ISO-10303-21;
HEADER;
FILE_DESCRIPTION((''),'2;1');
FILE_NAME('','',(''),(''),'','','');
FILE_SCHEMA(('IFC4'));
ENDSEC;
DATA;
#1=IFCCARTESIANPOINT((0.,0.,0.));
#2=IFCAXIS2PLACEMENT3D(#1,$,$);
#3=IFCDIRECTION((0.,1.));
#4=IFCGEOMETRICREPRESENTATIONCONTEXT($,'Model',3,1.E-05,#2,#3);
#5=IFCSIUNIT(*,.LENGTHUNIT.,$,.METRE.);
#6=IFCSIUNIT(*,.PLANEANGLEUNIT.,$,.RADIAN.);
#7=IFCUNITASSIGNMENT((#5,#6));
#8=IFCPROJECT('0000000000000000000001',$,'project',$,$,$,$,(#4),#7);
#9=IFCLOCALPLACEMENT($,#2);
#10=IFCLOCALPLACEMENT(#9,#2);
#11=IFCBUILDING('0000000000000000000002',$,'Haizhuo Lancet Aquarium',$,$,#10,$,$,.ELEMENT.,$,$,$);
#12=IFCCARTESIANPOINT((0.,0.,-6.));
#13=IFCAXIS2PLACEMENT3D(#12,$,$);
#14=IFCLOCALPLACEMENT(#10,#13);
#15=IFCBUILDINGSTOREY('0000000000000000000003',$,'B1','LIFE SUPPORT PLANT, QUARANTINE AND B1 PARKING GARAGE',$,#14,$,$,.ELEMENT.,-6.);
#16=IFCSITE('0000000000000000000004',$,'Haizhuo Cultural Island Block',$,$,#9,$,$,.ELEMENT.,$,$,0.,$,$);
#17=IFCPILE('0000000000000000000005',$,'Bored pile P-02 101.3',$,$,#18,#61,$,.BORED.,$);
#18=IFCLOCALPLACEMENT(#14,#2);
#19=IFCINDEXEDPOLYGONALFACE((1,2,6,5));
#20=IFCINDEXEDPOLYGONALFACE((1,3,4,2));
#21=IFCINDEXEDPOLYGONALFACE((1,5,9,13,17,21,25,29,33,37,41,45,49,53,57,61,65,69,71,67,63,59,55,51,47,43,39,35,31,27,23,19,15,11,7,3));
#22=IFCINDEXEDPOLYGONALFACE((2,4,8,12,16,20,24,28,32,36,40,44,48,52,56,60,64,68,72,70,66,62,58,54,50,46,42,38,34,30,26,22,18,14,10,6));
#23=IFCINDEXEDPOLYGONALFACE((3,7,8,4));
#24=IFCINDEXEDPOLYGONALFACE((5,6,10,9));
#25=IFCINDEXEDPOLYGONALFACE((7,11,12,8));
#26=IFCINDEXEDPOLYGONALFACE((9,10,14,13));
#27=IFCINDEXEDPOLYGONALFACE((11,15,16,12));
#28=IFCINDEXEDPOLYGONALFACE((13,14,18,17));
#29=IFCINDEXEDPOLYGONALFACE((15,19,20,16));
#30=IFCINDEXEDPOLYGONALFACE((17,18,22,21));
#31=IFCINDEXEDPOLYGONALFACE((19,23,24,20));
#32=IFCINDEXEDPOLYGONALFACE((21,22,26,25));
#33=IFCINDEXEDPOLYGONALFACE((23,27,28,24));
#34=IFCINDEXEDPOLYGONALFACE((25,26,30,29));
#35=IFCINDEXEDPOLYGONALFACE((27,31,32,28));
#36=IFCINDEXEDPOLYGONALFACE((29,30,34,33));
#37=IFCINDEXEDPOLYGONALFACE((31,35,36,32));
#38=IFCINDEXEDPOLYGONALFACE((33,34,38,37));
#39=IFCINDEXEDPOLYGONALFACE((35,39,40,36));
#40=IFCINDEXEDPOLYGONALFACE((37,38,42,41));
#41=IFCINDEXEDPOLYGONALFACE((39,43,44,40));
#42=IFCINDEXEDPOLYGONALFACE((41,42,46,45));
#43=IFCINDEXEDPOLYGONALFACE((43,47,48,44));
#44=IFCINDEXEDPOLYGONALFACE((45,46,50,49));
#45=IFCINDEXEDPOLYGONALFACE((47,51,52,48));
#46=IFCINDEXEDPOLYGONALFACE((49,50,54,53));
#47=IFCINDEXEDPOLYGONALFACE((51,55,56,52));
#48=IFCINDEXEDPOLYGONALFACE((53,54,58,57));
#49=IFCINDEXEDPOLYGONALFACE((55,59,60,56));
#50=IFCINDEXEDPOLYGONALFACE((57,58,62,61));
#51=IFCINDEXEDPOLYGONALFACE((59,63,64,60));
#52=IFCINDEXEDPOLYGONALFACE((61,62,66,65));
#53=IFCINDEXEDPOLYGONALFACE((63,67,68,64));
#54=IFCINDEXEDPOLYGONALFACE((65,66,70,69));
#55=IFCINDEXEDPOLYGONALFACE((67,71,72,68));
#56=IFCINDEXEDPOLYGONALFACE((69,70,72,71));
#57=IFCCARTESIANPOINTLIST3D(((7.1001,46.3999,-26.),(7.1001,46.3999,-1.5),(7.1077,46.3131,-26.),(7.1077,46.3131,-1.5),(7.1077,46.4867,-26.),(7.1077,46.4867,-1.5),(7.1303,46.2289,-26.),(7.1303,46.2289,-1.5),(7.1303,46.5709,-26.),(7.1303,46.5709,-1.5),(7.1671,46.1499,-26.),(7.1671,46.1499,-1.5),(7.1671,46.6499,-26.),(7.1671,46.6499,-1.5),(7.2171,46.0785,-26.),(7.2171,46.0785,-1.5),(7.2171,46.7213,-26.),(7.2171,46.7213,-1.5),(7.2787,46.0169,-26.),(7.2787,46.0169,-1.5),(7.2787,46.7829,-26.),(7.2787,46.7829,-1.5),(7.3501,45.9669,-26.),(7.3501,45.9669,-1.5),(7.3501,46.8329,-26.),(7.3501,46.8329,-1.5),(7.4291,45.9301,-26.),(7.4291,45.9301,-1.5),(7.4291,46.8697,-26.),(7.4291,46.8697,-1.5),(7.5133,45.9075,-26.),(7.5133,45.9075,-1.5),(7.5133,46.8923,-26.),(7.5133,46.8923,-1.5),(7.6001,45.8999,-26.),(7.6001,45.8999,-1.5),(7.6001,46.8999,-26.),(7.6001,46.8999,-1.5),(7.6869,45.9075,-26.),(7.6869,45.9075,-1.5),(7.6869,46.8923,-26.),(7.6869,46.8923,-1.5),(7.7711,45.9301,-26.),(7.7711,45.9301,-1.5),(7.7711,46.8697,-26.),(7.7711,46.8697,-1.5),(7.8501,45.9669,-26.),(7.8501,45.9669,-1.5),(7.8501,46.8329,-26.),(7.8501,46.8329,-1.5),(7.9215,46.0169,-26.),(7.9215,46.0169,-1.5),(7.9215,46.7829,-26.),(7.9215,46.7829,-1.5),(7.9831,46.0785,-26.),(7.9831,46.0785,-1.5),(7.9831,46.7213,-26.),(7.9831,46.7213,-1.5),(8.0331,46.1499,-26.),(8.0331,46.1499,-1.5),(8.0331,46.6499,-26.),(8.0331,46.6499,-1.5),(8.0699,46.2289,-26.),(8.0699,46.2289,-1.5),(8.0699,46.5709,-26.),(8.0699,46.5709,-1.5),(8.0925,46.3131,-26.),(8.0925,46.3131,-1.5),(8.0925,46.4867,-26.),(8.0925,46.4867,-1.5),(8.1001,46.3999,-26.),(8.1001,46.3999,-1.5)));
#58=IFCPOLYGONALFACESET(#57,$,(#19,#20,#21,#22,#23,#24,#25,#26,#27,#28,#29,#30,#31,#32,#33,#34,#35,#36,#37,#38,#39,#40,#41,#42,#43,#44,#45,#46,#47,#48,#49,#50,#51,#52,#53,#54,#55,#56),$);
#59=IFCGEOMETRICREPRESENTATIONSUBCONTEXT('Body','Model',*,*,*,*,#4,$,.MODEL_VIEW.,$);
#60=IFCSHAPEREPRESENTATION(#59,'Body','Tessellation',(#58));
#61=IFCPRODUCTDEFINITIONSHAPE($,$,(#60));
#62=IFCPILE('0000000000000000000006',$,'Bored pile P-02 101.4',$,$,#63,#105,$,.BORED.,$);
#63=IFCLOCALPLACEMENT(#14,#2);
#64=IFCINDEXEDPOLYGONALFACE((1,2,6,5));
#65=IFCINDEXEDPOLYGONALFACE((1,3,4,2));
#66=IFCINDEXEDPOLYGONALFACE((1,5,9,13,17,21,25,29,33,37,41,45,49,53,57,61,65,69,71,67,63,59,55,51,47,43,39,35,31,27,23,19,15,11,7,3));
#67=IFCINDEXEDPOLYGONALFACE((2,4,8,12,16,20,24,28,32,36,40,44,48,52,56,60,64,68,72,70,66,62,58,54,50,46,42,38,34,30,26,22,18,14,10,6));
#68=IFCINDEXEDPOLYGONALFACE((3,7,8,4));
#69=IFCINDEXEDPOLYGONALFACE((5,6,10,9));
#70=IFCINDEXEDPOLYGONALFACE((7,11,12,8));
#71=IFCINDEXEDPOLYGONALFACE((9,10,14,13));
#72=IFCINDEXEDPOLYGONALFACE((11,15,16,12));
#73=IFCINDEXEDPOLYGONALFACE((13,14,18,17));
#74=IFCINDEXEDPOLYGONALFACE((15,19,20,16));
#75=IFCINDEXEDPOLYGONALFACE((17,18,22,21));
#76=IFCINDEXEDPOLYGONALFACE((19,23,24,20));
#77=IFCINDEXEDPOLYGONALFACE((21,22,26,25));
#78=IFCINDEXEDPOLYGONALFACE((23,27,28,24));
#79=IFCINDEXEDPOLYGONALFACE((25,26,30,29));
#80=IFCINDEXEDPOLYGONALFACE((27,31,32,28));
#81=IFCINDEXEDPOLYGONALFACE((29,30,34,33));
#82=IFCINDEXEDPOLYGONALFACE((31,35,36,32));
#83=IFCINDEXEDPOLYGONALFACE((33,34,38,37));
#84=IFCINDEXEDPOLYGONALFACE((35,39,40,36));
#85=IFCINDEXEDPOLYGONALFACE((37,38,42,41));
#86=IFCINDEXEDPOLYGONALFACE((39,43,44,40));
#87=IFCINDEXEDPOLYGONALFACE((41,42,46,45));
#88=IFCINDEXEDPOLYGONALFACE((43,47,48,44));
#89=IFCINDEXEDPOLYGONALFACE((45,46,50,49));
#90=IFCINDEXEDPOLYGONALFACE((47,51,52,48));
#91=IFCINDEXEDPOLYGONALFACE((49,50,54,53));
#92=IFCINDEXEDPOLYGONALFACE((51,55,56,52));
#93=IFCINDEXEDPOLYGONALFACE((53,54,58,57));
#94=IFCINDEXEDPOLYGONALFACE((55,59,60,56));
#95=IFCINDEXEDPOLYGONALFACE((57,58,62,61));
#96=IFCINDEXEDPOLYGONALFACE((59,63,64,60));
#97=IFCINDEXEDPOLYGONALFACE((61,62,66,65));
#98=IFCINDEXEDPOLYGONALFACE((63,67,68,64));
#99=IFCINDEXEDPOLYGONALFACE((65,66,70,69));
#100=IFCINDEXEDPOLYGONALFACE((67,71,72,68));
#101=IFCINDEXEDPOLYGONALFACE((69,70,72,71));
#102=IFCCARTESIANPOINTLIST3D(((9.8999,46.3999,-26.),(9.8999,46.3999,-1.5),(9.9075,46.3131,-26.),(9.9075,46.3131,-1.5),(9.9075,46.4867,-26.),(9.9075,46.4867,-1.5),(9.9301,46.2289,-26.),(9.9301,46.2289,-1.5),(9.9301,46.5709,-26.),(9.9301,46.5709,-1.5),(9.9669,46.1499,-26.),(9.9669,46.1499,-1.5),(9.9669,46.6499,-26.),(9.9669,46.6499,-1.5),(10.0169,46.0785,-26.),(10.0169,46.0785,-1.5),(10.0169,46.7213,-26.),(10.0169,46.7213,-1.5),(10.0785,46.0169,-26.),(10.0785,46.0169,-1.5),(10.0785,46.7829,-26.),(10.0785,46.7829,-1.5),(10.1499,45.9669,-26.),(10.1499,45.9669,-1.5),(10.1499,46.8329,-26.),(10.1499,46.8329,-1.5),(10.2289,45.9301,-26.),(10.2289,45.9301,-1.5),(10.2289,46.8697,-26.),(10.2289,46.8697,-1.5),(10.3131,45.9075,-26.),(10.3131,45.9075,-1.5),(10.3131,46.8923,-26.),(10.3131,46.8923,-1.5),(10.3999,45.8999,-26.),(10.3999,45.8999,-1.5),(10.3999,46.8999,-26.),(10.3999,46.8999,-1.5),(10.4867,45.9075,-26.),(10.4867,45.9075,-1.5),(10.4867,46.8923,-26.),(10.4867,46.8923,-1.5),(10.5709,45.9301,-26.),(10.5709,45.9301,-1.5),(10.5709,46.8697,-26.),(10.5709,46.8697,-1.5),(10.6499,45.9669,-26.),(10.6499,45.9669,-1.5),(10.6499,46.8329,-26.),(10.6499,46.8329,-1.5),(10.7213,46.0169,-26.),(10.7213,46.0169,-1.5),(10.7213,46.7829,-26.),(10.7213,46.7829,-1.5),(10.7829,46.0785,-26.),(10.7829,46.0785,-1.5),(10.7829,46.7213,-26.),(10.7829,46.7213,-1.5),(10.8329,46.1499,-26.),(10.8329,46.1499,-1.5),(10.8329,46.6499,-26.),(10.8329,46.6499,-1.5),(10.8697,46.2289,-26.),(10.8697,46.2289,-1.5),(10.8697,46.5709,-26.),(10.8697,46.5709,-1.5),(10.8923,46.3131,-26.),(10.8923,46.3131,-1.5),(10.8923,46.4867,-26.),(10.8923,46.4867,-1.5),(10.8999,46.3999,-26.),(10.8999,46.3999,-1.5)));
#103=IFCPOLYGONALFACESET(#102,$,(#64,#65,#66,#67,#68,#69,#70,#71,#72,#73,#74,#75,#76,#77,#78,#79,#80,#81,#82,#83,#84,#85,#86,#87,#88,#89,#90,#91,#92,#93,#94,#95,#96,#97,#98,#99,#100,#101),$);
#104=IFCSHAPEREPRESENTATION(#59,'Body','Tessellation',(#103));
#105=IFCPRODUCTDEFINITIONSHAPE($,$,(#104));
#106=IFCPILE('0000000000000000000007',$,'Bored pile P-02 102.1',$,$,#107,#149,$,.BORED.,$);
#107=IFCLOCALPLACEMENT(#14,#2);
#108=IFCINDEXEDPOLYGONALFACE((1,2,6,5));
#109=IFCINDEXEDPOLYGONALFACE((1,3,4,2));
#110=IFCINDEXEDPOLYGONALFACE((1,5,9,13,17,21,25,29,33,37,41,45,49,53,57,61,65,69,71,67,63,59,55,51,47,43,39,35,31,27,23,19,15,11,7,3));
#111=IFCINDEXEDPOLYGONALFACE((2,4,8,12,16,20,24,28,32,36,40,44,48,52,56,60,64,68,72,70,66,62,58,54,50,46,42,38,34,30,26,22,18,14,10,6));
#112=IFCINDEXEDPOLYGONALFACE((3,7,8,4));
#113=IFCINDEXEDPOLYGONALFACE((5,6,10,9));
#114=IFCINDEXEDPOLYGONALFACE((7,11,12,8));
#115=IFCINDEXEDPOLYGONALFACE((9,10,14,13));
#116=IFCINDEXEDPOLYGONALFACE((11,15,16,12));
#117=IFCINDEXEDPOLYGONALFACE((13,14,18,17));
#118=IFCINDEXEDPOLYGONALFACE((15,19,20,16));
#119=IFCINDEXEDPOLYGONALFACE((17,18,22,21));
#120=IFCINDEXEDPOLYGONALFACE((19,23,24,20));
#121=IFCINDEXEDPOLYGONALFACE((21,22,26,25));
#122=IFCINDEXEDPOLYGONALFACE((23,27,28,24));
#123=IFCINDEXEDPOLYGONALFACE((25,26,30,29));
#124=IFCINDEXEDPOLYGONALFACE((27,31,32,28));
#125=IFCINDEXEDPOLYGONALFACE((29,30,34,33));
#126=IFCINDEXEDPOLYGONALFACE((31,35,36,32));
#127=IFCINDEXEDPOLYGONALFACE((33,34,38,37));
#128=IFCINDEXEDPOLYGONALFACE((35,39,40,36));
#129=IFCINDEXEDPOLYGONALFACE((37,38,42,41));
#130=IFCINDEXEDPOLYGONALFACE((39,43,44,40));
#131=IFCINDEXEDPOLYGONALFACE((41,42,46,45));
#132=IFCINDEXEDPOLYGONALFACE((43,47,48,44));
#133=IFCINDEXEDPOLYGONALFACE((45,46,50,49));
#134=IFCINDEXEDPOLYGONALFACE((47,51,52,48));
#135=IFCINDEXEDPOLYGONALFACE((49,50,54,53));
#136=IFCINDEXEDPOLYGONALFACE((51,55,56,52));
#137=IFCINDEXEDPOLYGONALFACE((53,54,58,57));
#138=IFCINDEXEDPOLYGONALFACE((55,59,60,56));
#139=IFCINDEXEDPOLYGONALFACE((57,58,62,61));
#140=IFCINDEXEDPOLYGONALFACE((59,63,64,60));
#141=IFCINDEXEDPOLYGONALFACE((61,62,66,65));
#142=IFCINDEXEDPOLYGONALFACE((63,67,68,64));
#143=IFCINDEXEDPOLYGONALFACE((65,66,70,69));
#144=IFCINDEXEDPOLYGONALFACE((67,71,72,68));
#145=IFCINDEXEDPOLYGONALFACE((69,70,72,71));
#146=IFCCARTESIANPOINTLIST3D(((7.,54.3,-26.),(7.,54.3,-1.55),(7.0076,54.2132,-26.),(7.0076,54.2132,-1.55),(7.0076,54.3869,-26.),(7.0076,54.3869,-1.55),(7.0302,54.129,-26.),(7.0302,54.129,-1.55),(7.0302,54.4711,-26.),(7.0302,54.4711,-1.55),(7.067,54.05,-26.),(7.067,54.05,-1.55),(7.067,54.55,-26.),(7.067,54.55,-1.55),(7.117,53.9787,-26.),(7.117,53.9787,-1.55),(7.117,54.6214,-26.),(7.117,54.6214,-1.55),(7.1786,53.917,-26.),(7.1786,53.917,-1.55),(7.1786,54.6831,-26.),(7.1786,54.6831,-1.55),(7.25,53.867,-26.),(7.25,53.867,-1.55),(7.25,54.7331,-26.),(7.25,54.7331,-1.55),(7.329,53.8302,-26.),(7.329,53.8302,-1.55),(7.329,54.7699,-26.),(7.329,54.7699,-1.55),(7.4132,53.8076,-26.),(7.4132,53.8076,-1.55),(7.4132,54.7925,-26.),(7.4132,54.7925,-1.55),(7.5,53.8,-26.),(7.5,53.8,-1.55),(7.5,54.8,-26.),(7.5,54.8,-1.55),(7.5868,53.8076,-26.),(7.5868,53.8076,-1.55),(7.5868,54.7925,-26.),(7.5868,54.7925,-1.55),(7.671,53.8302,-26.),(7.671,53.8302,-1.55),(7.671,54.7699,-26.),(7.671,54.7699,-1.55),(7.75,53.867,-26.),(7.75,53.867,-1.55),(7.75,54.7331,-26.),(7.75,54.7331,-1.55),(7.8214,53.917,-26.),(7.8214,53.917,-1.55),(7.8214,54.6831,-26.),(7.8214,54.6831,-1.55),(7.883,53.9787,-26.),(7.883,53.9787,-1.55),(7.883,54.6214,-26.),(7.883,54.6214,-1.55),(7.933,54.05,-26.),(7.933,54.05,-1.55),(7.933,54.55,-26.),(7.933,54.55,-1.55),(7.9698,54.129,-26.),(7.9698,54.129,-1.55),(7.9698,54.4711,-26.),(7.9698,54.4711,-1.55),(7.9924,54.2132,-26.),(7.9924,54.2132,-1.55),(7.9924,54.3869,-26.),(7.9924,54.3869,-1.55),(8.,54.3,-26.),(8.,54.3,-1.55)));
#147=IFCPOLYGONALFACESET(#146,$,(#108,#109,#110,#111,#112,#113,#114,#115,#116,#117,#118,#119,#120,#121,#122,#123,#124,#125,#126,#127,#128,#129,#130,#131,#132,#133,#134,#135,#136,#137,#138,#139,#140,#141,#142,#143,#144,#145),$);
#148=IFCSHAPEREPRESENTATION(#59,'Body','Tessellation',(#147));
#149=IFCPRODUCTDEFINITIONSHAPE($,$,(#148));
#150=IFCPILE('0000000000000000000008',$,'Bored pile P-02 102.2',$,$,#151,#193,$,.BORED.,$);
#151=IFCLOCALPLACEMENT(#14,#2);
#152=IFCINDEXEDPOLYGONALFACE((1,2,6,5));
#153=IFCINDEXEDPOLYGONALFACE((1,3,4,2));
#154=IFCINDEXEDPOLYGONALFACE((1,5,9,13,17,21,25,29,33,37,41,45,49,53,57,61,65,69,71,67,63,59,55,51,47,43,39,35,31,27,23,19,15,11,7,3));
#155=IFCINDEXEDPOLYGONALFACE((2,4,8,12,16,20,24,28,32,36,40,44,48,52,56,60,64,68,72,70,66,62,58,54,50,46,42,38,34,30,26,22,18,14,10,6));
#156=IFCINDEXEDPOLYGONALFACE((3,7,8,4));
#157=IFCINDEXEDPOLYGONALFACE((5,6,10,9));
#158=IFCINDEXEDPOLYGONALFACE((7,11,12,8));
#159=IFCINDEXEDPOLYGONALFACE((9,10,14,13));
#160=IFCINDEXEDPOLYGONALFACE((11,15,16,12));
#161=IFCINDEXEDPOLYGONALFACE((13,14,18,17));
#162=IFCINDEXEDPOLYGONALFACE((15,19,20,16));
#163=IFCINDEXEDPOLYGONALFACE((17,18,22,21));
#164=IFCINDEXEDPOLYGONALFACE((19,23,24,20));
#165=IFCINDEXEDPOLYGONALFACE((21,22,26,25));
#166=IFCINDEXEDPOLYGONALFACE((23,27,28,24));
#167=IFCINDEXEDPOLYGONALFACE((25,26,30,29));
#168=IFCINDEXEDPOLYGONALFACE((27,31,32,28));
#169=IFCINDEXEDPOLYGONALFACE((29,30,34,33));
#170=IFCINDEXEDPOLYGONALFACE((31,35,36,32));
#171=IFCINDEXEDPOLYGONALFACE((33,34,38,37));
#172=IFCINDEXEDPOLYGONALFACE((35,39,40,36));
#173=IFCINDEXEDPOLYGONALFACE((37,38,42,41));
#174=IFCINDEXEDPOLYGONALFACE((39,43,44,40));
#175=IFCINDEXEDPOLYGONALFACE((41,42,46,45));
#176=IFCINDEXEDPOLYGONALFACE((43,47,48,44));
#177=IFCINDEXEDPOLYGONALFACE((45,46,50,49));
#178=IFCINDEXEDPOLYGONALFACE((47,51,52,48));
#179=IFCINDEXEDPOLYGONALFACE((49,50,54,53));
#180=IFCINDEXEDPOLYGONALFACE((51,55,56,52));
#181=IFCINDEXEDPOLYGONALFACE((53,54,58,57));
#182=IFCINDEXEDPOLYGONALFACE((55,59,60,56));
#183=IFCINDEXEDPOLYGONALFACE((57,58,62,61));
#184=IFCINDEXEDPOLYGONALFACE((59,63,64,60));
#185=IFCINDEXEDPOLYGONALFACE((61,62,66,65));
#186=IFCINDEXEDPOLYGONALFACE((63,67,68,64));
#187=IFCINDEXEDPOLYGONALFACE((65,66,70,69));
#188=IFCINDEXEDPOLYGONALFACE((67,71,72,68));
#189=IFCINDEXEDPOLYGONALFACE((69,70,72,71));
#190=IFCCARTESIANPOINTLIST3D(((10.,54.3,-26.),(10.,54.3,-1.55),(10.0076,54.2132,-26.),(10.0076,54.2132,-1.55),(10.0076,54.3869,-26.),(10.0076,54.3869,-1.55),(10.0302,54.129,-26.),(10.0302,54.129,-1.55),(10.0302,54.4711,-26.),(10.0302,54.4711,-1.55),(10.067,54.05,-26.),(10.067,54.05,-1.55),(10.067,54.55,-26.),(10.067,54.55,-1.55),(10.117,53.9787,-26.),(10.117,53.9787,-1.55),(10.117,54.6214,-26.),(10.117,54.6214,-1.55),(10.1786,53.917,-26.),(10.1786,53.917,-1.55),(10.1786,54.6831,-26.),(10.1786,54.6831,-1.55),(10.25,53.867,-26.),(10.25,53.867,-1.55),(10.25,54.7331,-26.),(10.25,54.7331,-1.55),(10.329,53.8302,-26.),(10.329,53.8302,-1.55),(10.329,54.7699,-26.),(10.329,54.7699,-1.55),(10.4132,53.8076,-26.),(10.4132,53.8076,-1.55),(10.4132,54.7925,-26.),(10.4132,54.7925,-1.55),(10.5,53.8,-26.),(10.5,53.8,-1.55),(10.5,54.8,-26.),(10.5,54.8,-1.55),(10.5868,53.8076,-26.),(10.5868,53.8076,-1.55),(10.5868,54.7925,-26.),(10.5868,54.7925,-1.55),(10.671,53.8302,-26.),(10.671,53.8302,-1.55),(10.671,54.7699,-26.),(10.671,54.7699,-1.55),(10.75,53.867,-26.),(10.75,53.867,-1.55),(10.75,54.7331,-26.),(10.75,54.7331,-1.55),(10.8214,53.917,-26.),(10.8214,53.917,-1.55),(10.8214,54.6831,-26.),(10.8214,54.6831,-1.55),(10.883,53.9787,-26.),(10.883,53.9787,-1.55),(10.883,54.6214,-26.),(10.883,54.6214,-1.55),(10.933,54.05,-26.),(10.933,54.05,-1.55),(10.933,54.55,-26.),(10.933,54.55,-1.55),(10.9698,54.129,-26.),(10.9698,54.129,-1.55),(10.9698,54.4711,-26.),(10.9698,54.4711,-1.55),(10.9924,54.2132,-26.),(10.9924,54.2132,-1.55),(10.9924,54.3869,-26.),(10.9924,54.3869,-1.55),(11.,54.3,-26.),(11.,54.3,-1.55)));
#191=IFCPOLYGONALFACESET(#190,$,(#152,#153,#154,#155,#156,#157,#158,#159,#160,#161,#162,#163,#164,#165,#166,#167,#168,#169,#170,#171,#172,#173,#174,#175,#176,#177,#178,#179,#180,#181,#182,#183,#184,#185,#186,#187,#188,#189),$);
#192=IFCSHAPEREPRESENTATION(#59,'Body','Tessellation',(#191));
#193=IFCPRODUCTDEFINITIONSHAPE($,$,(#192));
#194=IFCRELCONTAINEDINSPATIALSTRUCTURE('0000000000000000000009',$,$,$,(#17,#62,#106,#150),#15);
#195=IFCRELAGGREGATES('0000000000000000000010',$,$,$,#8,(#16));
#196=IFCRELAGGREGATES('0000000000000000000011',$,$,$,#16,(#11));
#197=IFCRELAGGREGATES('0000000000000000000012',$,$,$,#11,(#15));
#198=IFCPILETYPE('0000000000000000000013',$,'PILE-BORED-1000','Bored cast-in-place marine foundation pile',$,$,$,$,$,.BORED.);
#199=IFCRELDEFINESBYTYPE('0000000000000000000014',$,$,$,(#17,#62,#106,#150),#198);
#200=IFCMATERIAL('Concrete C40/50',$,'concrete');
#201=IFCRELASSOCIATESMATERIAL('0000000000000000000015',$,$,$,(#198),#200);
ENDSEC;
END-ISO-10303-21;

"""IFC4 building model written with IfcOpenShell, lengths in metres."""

from ifc_helpers import new_model, si_unit, direction, frame, origin, origin_2d, place, context, subcontext, project, spatial, circle, extrude, material, material_profile, profile_set, type_object, element, save


model = new_model("IFC4")

# Units and contexts
model_context = context("Model", 3, precision=1e-05, world=origin(), true_north=direction((0.0, 1.0)))
body_context = subcontext(model_context, "Body", "Model", "MODEL_VIEW")
ifc_project = project(units=[si_unit("LENGTHUNIT", "METRE"), si_unit("PLANEANGLEUNIT", "RADIAN")], contexts=[model_context])

# Site, building, storey
site_placement = place(None, origin())
site = spatial("IfcSite", under=ifc_project, at=site_placement, Name="Haizhuo Cultural Island Block", CompositionType="ELEMENT", RefElevation=0.0)
building_placement = place(site_placement, origin())
building = spatial("IfcBuilding", under=site, at=building_placement, Name="Haizhuo Lancet Aquarium", CompositionType="ELEMENT")
storey_placement = place(building_placement, frame((0.0, 0.0, -6.0)))
storey = spatial("IfcBuildingStorey", under=building, at=storey_placement, Name="B1", Description="LIFE SUPPORT PLANT, QUARANTINE AND B1 PARKING GARAGE", CompositionType="ELEMENT", Elevation=-6.0)

# Shared definitions
ifc_material_1 = material(Name="Concrete C40/50", Category="concrete")

# Piles
ifc_material_profile_1 = material_profile(ifc_material_1, circle(Radius=0.5, at=origin_2d()), Name="PILE-1000")
ifc_profile_set_1 = profile_set([ifc_material_profile_1], Name="Concrete C40/50")
pile_type = type_object("IfcPileType", Name="PILE-BORED-1000", Description="Bored cast-in-place marine foundation pile", PredefinedType="BORED", material=ifc_profile_set_1)
for number, where, z_axis, x_axis, name in (
    (1, (7.6001, 46.3999, -1.5), (0.0, 0.0, -1.0), (1.0, 0.0, 0.0), "Bored pile P-02 101.3"),
    (2, (10.3999, 46.3999, -1.5), (0.0, 0.0, -1.0), (1.0, 0.0, 0.0), "Bored pile P-02 101.4"),
):
    element("IfcPile", number, at=place(storey_placement, frame(where, z_axis=z_axis, x_axis=x_axis)), inside=storey, type_object=pile_type, Name=name, PredefinedType="BORED", context=body_context, shape_type="SweptSolid", body=[
        extrude(circle(Radius=0.5, at=origin_2d()), origin(), (0.0, 0.0, 1.0), 24.5),
    ])
for number, where, z_axis, x_axis, name in (
    (3, (7.5, 54.3, -1.55), (0.0, 0.0, -1.0), (1.0, 0.0, 0.0), "Bored pile P-02 102.1"),
    (4, (10.5, 54.3, -1.55), (0.0, 0.0, -1.0), (1.0, 0.0, 0.0), "Bored pile P-02 102.2"),
):
    element("IfcPile", number, at=place(storey_placement, frame(where, z_axis=z_axis, x_axis=x_axis)), inside=storey, type_object=pile_type, Name=name, PredefinedType="BORED", context=body_context, shape_type="SweptSolid", body=[
        extrude(circle(Radius=0.5, at=origin_2d()), origin(), (0.0, 0.0, 1.0), 24.45),
    ])

save(model, "model.ifc")
